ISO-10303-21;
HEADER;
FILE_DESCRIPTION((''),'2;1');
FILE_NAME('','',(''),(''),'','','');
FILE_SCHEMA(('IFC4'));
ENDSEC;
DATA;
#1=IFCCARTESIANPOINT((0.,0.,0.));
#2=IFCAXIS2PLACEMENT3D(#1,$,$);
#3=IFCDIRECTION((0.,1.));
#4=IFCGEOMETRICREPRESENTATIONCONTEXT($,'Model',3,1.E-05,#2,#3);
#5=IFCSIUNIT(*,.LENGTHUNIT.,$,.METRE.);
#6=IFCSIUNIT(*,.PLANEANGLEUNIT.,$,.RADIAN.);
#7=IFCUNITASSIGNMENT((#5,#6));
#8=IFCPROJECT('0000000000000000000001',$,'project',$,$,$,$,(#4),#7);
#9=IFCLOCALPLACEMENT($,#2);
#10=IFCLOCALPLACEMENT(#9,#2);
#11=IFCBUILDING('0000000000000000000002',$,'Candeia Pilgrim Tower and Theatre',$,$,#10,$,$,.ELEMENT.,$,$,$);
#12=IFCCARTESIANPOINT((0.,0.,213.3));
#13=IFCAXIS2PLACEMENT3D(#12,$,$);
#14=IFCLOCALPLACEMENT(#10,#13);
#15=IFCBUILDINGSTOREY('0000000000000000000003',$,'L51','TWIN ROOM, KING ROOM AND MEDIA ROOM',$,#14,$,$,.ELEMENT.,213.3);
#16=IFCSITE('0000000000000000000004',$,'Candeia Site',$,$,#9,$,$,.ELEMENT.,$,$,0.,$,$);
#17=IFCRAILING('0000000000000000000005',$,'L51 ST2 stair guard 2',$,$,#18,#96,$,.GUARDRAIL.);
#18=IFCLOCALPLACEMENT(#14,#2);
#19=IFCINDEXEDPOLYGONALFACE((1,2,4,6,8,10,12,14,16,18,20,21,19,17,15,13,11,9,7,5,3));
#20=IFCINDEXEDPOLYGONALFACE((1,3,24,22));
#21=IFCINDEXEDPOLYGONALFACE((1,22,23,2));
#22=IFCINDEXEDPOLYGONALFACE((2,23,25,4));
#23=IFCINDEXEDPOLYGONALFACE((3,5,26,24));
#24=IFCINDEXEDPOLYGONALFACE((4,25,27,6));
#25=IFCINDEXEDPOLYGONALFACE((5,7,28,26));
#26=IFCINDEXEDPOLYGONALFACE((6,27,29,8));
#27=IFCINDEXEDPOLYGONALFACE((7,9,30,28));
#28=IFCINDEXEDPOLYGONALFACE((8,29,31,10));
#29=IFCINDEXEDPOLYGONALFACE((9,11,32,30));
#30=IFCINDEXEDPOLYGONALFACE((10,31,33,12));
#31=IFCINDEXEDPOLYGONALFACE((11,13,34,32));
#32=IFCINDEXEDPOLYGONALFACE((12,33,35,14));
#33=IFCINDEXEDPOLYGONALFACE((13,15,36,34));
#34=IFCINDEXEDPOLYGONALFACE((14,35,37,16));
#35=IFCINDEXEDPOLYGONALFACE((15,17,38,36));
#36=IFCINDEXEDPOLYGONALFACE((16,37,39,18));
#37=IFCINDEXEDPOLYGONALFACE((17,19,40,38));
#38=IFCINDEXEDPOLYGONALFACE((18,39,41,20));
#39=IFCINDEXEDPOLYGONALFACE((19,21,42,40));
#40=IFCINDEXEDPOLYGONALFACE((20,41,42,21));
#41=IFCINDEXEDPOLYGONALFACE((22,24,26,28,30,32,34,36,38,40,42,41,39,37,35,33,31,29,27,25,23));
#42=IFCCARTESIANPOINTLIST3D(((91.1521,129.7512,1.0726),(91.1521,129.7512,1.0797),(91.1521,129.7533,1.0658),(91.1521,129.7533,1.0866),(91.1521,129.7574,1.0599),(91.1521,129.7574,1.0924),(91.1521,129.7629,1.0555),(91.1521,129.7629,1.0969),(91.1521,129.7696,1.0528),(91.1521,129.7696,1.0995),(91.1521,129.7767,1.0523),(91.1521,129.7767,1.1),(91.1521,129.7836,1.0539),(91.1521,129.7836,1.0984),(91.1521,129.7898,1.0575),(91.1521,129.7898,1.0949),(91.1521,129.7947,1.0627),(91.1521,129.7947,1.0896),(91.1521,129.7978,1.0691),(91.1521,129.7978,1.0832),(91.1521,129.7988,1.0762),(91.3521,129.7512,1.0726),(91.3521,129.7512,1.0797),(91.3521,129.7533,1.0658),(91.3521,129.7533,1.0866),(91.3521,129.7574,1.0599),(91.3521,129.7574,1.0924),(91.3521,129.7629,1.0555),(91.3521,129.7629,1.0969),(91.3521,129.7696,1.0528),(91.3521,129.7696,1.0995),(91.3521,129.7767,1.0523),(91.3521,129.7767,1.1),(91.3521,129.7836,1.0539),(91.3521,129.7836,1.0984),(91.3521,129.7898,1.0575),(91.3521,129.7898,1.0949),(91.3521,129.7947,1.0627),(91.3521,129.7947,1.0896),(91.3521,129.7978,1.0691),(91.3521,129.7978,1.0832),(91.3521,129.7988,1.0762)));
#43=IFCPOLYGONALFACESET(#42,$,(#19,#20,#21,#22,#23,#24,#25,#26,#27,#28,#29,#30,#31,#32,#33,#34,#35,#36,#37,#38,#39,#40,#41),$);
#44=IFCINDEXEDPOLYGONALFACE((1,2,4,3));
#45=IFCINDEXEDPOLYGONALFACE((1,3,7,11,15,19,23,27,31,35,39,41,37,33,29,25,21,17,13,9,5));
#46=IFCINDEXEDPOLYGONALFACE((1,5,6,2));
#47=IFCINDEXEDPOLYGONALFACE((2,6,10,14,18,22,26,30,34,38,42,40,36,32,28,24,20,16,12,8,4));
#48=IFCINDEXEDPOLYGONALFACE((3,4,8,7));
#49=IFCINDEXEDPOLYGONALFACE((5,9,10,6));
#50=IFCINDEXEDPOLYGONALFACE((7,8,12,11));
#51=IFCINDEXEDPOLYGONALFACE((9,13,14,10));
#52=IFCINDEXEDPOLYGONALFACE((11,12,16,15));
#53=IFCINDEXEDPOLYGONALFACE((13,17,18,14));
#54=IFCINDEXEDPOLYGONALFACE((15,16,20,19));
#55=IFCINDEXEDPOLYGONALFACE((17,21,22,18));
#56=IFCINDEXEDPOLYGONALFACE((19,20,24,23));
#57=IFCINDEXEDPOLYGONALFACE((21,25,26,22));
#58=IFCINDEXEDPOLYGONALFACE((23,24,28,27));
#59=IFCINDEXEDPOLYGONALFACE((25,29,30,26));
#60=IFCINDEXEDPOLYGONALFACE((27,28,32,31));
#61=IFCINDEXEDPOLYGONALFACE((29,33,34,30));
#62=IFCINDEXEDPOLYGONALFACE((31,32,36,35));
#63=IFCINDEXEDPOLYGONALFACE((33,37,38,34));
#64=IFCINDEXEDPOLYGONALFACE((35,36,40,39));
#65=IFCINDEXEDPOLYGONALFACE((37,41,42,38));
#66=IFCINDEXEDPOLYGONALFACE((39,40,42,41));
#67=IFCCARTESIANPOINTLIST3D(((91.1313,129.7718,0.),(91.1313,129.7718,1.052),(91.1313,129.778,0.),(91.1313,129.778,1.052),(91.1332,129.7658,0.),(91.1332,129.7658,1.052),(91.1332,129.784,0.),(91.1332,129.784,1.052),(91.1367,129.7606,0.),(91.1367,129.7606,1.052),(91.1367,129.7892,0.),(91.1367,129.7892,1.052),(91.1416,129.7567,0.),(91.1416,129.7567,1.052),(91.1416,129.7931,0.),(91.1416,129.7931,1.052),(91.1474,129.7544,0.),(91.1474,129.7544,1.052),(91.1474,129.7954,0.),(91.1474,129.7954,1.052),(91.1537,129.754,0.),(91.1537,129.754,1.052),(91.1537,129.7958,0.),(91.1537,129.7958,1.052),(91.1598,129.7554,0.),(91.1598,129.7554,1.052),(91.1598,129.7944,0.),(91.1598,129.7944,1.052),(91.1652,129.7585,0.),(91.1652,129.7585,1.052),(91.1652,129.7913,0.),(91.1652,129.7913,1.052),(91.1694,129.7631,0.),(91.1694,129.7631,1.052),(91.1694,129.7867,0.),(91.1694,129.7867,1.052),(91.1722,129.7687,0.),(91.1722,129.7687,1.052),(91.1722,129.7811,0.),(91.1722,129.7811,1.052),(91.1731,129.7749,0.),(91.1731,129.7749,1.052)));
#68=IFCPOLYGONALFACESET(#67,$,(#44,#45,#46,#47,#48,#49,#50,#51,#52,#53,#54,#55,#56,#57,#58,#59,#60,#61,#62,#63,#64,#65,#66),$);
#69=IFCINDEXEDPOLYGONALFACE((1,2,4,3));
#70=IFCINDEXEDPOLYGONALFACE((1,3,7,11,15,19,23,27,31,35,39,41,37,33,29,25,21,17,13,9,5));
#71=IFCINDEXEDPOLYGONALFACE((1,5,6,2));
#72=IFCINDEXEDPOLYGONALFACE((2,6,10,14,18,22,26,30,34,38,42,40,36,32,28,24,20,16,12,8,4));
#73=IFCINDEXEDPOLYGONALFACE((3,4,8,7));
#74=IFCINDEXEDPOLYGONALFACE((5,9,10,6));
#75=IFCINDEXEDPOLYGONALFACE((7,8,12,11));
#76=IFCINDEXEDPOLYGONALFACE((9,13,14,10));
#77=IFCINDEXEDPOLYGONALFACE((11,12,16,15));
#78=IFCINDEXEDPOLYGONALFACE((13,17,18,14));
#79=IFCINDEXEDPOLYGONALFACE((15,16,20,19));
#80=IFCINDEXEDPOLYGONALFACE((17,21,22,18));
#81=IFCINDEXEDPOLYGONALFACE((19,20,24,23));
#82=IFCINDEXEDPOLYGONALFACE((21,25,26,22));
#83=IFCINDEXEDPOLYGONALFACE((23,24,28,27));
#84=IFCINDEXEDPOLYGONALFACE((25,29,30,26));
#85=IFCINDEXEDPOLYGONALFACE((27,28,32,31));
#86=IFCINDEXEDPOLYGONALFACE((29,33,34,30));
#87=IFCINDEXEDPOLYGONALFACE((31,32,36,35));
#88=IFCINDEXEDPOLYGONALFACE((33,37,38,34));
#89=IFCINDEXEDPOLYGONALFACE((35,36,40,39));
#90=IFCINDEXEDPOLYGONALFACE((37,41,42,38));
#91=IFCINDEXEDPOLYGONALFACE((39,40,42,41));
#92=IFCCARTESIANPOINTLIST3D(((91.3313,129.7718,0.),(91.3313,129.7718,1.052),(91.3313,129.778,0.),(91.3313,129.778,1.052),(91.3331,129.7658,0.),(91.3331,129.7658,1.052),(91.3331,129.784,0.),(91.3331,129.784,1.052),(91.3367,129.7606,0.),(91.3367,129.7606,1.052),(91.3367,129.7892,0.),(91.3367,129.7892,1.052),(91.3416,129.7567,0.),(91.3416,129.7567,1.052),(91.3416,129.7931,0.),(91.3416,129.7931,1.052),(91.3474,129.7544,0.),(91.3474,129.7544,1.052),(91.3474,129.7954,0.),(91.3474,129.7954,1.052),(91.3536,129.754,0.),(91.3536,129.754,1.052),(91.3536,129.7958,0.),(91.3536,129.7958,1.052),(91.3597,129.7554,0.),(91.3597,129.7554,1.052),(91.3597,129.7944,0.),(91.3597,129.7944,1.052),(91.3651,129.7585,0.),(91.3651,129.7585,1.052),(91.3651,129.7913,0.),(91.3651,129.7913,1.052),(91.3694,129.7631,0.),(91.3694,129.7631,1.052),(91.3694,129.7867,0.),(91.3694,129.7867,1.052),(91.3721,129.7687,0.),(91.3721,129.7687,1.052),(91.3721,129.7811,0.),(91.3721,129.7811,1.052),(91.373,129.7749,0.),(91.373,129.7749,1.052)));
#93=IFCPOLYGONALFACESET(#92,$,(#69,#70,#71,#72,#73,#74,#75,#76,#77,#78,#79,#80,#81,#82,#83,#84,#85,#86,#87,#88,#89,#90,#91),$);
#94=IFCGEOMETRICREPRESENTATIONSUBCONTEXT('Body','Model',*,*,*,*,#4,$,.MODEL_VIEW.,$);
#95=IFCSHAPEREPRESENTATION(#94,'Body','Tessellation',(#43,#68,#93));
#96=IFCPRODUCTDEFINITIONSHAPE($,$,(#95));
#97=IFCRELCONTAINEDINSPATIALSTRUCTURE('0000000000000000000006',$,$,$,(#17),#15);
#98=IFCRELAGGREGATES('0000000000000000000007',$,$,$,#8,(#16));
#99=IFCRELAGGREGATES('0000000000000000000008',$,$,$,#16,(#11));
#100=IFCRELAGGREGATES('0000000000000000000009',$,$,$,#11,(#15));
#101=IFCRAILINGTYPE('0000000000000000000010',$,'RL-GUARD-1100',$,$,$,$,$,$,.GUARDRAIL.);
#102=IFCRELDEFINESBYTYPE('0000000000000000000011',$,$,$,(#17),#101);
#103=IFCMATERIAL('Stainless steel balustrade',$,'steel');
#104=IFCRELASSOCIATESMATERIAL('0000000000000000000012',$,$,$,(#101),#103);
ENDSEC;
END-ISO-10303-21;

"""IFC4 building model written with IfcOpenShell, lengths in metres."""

from ifc_helpers import new_model, si_unit, direction, frame, origin, origin_2d, place, context, subcontext, project, spatial, circle, extrude, material, type_object, element, save


model = new_model("IFC4")

# Units and contexts
model_context = context("Model", 3, precision=1e-05, world=origin(), true_north=direction((0.0, 1.0)))
body_context = subcontext(model_context, "Body", "Model", "MODEL_VIEW")
ifc_project = project(units=[si_unit("LENGTHUNIT", "METRE"), si_unit("PLANEANGLEUNIT", "RADIAN")], contexts=[model_context])

# Site, building, storey
site_placement = place(None, origin())
site = spatial("IfcSite", under=ifc_project, at=site_placement, Name="Candeia Site", CompositionType="ELEMENT", RefElevation=0.0)
building_placement = place(site_placement, origin())
building = spatial("IfcBuilding", under=site, at=building_placement, Name="Candeia Pilgrim Tower and Theatre", CompositionType="ELEMENT")
storey_placement = place(building_placement, frame((0.0, 0.0, 213.3)))
storey = spatial("IfcBuildingStorey", under=building, at=storey_placement, Name="L51", Description="TWIN ROOM, KING ROOM AND MEDIA ROOM", CompositionType="ELEMENT", Elevation=213.3)

# Shared definitions
ifc_material_1 = material(Name="Stainless steel balustrade", Category="steel")

# Railing
railing_type_1 = type_object("IfcRailingType", Name="RL-GUARD-1100", PredefinedType="GUARDRAIL", material=ifc_material_1)
railing_1_placement = place(storey_placement, frame((91.1521, 129.7749, 0.0)))
element("IfcRailing", 1, at=railing_1_placement, inside=storey, type_object=railing_type_1, Name="L51 ST2 stair guard 2", PredefinedType="GUARDRAIL", context=body_context, shape_type="SweptSolid", body=[
    extrude(circle(Radius=0.0239, at=origin_2d()), frame((0.0, 0.0, 1.0762), z_axis=(1.0, 0.0, 0.0), x_axis=(0.0, 1.0, 0.0)), (0.0, 0.0, 1.0), 0.2),
    extrude(circle(Radius=0.021, at=origin_2d()), origin(), (0.0, 0.0, 1.0), 1.052),
    extrude(circle(Radius=0.021, at=origin_2d()), frame((0.2, 0.0, 0.0)), (0.0, 0.0, 1.0), 1.052),
])

save(model, "model.ifc")
